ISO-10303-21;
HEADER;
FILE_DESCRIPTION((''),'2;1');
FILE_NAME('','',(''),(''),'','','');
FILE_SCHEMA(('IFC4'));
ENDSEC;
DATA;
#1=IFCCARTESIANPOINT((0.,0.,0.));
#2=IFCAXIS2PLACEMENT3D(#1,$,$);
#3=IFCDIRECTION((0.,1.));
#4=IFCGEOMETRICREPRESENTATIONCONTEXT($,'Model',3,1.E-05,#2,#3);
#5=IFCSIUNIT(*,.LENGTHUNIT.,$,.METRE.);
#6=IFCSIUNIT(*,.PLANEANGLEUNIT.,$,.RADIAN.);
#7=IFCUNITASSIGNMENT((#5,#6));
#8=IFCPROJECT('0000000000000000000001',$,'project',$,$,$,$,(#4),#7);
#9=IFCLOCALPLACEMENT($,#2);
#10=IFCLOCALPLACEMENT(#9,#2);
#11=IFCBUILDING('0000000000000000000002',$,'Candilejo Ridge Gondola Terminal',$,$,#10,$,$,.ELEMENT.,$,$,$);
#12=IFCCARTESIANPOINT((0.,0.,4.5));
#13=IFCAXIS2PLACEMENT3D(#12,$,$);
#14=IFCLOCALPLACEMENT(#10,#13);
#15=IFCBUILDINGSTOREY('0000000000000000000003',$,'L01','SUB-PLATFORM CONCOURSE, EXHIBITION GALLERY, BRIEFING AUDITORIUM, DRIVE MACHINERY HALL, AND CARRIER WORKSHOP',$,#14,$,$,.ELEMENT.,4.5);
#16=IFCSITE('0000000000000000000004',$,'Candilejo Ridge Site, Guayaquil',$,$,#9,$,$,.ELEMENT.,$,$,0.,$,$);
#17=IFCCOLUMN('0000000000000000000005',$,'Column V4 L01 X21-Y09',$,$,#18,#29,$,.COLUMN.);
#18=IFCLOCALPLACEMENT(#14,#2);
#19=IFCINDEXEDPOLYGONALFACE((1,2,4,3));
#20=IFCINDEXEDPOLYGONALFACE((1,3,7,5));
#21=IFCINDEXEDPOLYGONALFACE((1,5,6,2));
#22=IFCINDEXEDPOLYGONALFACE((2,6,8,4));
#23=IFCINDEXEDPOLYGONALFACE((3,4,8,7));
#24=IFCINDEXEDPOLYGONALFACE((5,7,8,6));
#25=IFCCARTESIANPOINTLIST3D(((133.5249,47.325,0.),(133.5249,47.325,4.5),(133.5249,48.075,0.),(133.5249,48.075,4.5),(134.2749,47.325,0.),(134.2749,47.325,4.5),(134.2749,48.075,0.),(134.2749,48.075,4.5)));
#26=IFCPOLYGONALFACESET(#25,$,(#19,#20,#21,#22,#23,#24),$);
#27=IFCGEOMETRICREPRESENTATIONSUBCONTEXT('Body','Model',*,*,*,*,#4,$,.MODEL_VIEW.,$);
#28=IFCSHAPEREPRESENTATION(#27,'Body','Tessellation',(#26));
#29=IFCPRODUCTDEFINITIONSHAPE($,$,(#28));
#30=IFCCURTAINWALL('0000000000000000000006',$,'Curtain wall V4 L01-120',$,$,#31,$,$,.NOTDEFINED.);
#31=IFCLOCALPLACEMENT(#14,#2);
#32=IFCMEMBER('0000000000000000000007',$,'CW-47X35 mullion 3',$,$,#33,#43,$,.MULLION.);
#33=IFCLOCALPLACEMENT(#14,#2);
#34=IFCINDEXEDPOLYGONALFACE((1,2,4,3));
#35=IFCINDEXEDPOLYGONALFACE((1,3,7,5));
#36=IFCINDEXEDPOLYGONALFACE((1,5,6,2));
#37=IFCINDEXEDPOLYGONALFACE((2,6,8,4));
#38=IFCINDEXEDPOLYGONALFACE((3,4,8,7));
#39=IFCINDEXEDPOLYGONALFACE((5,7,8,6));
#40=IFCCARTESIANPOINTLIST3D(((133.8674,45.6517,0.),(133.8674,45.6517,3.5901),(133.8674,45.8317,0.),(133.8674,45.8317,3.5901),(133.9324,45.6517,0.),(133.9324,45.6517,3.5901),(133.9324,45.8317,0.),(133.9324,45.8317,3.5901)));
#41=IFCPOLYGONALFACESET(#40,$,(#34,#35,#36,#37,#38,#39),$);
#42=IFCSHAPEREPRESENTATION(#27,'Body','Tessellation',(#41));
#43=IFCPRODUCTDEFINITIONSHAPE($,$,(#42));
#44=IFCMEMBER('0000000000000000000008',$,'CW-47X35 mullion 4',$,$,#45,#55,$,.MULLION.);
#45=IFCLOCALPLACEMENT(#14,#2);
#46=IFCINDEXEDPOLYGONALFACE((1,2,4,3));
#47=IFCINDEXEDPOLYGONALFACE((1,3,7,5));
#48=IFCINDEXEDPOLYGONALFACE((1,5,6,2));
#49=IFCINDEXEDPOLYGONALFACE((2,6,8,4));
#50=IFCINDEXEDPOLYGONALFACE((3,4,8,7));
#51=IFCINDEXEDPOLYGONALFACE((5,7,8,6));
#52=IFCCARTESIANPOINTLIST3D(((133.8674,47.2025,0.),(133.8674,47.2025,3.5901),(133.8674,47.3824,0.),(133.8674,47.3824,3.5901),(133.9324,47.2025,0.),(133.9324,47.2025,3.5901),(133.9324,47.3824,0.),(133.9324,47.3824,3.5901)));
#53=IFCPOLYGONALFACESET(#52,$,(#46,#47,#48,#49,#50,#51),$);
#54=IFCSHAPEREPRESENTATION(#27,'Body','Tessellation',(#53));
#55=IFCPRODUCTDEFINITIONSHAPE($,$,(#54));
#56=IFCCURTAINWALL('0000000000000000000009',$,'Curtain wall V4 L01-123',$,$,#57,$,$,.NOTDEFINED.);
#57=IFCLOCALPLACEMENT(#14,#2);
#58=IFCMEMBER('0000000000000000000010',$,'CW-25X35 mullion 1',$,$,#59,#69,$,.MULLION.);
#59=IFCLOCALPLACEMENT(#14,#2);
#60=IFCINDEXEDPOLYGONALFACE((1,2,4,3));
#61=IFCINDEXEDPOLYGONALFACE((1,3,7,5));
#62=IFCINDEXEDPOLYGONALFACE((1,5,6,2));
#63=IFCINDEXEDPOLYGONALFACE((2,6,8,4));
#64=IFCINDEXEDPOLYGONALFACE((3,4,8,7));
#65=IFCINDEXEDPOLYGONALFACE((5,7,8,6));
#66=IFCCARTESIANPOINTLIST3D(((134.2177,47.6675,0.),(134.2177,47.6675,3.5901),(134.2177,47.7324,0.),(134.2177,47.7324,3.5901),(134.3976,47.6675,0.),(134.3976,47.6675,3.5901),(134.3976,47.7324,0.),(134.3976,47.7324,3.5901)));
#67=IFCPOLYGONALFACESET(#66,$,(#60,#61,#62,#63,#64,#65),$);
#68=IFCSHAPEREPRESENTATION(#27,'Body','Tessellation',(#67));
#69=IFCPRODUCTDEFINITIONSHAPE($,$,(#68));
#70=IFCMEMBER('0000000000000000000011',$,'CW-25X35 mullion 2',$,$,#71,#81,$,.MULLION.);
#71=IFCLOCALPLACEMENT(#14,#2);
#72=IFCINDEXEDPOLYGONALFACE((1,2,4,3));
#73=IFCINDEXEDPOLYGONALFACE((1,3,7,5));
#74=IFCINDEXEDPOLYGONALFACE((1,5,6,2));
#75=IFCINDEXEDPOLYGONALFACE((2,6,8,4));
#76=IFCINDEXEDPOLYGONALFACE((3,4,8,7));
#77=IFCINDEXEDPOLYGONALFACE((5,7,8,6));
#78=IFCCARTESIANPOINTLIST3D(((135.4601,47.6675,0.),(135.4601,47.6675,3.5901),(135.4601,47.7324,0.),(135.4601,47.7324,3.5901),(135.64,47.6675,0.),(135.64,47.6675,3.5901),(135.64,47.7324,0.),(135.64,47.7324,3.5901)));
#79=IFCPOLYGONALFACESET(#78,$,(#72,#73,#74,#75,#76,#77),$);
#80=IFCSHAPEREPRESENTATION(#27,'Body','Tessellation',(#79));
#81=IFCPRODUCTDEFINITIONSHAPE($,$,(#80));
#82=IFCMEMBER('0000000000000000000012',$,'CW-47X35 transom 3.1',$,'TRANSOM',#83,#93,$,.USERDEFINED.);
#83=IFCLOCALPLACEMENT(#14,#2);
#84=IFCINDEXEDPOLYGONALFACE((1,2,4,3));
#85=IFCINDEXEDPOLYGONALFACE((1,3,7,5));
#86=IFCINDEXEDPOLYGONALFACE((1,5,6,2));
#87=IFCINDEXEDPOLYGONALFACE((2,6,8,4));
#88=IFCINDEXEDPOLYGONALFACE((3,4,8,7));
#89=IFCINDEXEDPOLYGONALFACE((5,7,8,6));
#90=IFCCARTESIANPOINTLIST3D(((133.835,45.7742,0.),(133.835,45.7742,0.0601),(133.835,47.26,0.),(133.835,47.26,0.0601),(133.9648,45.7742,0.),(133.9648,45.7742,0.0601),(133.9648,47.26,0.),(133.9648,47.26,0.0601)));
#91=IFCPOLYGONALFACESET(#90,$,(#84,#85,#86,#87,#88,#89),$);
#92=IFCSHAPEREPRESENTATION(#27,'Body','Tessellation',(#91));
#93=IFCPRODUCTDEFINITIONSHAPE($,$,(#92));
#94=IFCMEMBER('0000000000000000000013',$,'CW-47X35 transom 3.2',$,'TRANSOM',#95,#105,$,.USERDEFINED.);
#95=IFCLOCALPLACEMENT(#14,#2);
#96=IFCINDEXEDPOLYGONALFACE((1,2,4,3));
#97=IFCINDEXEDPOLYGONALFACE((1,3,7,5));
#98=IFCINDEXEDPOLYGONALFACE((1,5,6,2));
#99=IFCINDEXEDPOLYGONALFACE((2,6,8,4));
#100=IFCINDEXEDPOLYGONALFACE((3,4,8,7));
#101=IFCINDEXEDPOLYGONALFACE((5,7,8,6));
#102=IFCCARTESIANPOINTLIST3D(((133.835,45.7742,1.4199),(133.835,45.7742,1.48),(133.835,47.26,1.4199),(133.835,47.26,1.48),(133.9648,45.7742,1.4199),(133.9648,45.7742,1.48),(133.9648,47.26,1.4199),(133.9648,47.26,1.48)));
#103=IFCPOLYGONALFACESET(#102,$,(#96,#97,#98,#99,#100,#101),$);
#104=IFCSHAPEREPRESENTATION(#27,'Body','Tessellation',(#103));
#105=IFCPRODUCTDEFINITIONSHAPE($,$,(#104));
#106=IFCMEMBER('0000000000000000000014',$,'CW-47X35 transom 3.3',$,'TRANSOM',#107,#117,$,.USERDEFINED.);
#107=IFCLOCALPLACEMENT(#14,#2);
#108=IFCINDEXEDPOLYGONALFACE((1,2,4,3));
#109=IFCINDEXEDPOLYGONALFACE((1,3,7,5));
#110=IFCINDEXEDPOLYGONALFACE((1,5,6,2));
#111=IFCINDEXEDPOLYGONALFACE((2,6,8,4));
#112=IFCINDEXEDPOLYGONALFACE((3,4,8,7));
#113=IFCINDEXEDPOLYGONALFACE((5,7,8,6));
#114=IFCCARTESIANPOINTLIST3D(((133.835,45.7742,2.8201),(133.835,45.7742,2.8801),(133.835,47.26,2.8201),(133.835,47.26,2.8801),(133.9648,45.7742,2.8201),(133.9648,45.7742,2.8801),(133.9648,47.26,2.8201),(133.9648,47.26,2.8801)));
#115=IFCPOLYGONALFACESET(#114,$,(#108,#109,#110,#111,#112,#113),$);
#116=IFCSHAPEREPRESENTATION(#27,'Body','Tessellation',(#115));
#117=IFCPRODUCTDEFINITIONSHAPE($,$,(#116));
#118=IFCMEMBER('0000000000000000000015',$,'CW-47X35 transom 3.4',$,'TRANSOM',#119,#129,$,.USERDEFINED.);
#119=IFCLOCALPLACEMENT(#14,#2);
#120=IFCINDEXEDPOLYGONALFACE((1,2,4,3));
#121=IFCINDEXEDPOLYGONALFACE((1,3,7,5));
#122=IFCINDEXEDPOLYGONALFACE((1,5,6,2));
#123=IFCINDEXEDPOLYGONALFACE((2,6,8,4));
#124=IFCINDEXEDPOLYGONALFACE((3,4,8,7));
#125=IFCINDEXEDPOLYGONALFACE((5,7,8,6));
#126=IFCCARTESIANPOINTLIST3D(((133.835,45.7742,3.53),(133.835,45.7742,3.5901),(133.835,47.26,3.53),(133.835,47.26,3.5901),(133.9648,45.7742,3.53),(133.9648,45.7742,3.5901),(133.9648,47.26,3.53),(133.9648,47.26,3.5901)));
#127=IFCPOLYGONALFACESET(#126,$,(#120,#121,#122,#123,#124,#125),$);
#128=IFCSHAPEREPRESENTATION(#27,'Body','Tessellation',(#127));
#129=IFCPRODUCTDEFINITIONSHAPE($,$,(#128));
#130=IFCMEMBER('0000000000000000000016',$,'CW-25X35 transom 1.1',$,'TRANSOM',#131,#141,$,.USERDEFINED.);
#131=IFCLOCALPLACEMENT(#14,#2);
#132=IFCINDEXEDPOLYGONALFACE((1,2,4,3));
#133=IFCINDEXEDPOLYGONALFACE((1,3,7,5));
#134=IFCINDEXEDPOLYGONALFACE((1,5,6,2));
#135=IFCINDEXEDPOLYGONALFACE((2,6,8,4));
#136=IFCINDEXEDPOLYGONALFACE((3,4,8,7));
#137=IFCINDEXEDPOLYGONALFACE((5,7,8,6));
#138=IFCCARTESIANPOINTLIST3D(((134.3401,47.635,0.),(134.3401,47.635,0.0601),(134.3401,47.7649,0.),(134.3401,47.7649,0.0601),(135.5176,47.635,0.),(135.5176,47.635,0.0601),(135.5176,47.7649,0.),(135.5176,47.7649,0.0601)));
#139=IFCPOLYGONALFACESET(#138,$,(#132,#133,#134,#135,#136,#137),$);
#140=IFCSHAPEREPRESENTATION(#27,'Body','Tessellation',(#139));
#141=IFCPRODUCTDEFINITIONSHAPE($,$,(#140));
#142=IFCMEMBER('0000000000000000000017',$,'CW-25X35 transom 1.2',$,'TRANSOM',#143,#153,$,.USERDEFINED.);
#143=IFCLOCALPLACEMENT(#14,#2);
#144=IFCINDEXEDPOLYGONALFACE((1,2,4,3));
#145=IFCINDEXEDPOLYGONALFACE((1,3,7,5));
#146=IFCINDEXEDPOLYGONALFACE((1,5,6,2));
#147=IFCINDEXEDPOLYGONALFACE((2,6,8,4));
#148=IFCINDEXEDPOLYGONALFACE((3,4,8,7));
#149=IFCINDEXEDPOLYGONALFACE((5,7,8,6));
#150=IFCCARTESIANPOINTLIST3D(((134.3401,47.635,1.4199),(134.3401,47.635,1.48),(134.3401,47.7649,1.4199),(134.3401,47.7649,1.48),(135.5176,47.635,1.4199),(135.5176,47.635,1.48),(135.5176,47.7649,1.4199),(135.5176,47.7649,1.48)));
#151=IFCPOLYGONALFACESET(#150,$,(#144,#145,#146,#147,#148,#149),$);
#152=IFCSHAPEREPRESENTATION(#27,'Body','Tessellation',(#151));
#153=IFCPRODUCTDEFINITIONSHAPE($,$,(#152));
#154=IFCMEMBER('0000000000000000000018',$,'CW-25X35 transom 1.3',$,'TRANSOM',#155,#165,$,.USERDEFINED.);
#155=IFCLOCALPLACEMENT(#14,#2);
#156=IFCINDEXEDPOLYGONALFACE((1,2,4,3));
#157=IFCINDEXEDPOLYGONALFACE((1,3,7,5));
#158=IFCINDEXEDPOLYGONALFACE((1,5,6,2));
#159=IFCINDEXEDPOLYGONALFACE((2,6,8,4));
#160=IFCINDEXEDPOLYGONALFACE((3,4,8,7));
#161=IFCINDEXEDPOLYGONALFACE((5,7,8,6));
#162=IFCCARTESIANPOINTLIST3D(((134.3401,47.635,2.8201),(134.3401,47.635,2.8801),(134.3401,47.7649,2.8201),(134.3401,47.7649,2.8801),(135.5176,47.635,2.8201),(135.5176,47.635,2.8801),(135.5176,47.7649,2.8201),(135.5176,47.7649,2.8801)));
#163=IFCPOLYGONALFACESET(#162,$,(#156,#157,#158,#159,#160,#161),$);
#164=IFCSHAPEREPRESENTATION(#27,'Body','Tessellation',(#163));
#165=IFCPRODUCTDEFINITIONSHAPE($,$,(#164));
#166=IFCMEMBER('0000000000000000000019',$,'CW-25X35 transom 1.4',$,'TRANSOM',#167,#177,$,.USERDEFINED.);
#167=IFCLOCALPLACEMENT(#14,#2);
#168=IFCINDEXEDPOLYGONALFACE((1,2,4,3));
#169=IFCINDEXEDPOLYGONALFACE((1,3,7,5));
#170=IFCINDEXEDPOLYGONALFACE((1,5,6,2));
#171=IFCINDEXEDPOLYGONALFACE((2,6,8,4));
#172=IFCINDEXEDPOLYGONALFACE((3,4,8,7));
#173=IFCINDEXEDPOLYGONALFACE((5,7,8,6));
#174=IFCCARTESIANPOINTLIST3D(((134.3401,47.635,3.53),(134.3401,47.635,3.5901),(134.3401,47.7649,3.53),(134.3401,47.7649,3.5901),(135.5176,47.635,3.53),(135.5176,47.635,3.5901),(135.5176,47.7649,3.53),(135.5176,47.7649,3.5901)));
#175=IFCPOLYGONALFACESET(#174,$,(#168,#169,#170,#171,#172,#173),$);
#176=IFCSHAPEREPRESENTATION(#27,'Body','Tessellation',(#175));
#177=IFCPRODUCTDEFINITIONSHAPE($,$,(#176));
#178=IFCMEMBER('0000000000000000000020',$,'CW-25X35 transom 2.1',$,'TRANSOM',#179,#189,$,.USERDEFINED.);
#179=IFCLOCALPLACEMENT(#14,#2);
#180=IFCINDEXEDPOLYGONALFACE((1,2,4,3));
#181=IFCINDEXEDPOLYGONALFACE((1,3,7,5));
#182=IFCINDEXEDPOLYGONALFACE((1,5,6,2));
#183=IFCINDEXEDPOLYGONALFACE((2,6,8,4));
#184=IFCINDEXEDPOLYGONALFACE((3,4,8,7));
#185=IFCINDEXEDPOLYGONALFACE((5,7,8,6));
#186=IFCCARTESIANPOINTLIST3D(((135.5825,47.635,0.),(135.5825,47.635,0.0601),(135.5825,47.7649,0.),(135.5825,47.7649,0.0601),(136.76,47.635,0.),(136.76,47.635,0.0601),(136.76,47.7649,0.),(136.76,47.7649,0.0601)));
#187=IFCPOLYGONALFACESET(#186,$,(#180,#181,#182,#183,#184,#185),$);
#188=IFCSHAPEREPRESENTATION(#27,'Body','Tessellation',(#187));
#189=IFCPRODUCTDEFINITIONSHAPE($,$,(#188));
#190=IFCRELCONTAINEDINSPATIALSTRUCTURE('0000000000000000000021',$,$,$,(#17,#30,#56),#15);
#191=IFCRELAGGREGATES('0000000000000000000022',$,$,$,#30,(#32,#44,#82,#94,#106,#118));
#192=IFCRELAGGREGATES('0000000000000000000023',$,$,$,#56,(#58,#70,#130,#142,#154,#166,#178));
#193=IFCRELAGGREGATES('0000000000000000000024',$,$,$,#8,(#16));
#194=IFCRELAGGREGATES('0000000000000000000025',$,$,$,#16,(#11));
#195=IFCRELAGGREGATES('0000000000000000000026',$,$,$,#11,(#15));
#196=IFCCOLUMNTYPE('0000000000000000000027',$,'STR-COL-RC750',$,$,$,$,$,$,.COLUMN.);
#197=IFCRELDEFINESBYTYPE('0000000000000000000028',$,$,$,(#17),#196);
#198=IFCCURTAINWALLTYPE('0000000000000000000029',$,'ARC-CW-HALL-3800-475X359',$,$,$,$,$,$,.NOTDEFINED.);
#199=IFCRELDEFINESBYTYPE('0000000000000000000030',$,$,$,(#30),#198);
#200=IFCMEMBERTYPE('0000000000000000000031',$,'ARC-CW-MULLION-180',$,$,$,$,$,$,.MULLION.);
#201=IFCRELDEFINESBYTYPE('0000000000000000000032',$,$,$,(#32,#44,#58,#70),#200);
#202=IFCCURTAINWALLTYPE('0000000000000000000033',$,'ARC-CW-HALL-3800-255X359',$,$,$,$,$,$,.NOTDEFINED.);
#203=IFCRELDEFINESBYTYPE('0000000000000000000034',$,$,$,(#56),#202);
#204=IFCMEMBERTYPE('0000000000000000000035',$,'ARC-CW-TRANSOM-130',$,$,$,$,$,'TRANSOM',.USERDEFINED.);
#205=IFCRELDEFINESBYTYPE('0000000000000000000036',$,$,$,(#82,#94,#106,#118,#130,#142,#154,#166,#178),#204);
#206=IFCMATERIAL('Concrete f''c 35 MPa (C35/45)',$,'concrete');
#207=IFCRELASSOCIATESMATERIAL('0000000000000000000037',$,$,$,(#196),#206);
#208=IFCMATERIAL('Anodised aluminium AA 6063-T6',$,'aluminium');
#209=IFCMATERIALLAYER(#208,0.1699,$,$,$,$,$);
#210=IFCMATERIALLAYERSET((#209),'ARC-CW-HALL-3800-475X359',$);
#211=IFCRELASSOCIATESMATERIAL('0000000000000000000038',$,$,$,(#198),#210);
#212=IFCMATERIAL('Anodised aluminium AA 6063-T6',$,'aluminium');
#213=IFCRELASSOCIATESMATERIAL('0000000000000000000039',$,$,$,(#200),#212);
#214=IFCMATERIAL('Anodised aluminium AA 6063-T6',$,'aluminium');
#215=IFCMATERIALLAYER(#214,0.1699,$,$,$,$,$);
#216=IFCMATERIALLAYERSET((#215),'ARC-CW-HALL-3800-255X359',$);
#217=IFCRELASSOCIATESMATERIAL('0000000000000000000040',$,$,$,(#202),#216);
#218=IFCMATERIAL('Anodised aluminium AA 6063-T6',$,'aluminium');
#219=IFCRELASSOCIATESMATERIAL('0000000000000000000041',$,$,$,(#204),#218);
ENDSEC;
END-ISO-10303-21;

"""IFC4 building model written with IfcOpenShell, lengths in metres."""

from ifc_helpers import new_model, si_unit, direction, frame, origin, origin_2d, place, context, subcontext, project, spatial, rectangle, extrude, material, layer, layer_set, material_profile, profile_set, type_object, element, aggregate, save


model = new_model("IFC4")

# Units and contexts
model_context = context("Model", 3, precision=1e-05, world=origin(), true_north=direction((0.0, 1.0)))
body_context = subcontext(model_context, "Body", "Model", "MODEL_VIEW")
ifc_project = project(units=[si_unit("LENGTHUNIT", "METRE"), si_unit("PLANEANGLEUNIT", "RADIAN")], contexts=[model_context])

# Site, building, storey
site_placement = place(None, origin())
site = spatial("IfcSite", under=ifc_project, at=site_placement, Name="Candilejo Ridge Site, Guayaquil", CompositionType="ELEMENT", RefElevation=0.0)
building_placement = place(site_placement, origin())
building = spatial("IfcBuilding", under=site, at=building_placement, Name="Candilejo Ridge Gondola Terminal", CompositionType="ELEMENT")
storey_placement = place(building_placement, frame((0.0, 0.0, 4.5)))
storey = spatial("IfcBuildingStorey", under=building, at=storey_placement, Name="L01", Description="SUB-PLATFORM CONCOURSE, EXHIBITION GALLERY, BRIEFING AUDITORIUM, DRIVE MACHINERY HALL, AND CARRIER WORKSHOP", CompositionType="ELEMENT", Elevation=4.5)

# Column
ifc_material_1 = material(Name="Concrete f'c 35 MPa (C35/45)", Category="concrete")
ifc_material_profile_1 = material_profile(ifc_material_1, rectangle(XDim=0.75, YDim=0.75, at=origin_2d()))
ifc_profile_set_1 = profile_set([ifc_material_profile_1], Name="Concrete f'c 35 MPa (C35/45)")
column_type = type_object("IfcColumnType", Name="STR-COL-RC750", PredefinedType="COLUMN", material=ifc_profile_set_1)
column_placement = place(storey_placement, frame((133.8999, 47.7, 0.0), z_axis=(0.0, 0.0, 1.0), x_axis=(1.0, 0.0, 0.0)))
element("IfcColumn", 1, at=column_placement, inside=storey, type_object=column_type, Name="Column V4 L01 X21-Y09", PredefinedType="COLUMN", context=body_context, shape_type="SweptSolid", body=[
    extrude(rectangle(XDim=0.75, YDim=0.75, at=origin_2d()), origin(), (0.0, 0.0, 1.0), 4.5),
])

# Curtain walls, members
ifc_material_2 = material(Name="Anodised aluminium AA 6063-T6", Category="aluminium")
ifc_layer_1 = layer(ifc_material_2, 0.1699)
ifc_layer_set_1 = layer_set([ifc_layer_1], Name="ARC-CW-HALL-3800-475X359")
curtain_wall_type_1 = type_object("IfcCurtainWallType", Name="ARC-CW-HALL-3800-475X359", PredefinedType="NOTDEFINED", material=ifc_layer_set_1)
curtain_wall_1_placement = place(storey_placement, origin())
curtain_wall_1 = element("IfcCurtainWall", 2, at=curtain_wall_1_placement, inside=storey, type_object=curtain_wall_type_1, Name="Curtain wall V4 L01-120", PredefinedType="NOTDEFINED")
ifc_material_3 = material(Name="Anodised aluminium AA 6063-T6", Category="aluminium")
ifc_material_profile_2 = material_profile(ifc_material_3, rectangle(XDim=0.0649, YDim=0.1799, at=origin_2d()))
ifc_profile_set_2 = profile_set([ifc_material_profile_2], Name="Anodised aluminium AA 6063-T6")
member_type_1 = type_object("IfcMemberType", Name="ARC-CW-MULLION-180", PredefinedType="MULLION", material=ifc_profile_set_2)
member_1_placement = place(storey_placement, frame((133.8999, 45.7417, 0.0), z_axis=(0.0, 0.0, 1.0), x_axis=(-1.0, 0.0, 0.0)))
member_1 = element("IfcMember", 3, at=member_1_placement, type_object=member_type_1, Name="CW-47X35 mullion 3", PredefinedType="MULLION", context=body_context, shape_type="SweptSolid", body=[
    extrude(rectangle(XDim=0.0649, YDim=0.1799, at=origin_2d()), origin(), (0.0, 0.0, 1.0), 3.5901),
])
member_2_placement = place(storey_placement, frame((133.8999, 47.2925, 0.0), z_axis=(0.0, 0.0, 1.0), x_axis=(-1.0, 0.0, 0.0)))
member_2 = element("IfcMember", 4, at=member_2_placement, type_object=member_type_1, Name="CW-47X35 mullion 4", PredefinedType="MULLION", context=body_context, shape_type="SweptSolid", body=[
    extrude(rectangle(XDim=0.0649, YDim=0.1799, at=origin_2d()), origin(), (0.0, 0.0, 1.0), 3.5901),
])
ifc_material_4 = material(Name="Anodised aluminium AA 6063-T6", Category="aluminium")
ifc_layer_2 = layer(ifc_material_4, 0.1699)
ifc_layer_set_2 = layer_set([ifc_layer_2], Name="ARC-CW-HALL-3800-255X359")
curtain_wall_type_2 = type_object("IfcCurtainWallType", Name="ARC-CW-HALL-3800-255X359", PredefinedType="NOTDEFINED", material=ifc_layer_set_2)
curtain_wall_2_placement = place(storey_placement, origin())
curtain_wall_2 = element("IfcCurtainWall", 5, at=curtain_wall_2_placement, inside=storey, type_object=curtain_wall_type_2, Name="Curtain wall V4 L01-123", PredefinedType="NOTDEFINED")
member_3_placement = place(storey_placement, frame((134.3076, 47.7, 0.0), z_axis=(0.0, 0.0, 1.0), x_axis=(0.0, 1.0, 0.0)))
member_3 = element("IfcMember", 6, at=member_3_placement, type_object=member_type_1, Name="CW-25X35 mullion 1", PredefinedType="MULLION", context=body_context, shape_type="SweptSolid", body=[
    extrude(rectangle(XDim=0.0649, YDim=0.1799, at=origin_2d()), origin(), (0.0, 0.0, 1.0), 3.5901),
])
member_4_placement = place(storey_placement, frame((135.55, 47.7, 0.0), z_axis=(0.0, 0.0, 1.0), x_axis=(0.0, 1.0, 0.0)))
member_4 = element("IfcMember", 7, at=member_4_placement, type_object=member_type_1, Name="CW-25X35 mullion 2", PredefinedType="MULLION", context=body_context, shape_type="SweptSolid", body=[
    extrude(rectangle(XDim=0.0649, YDim=0.1799, at=origin_2d()), origin(), (0.0, 0.0, 1.0), 3.5901),
])

# Members
ifc_material_5 = material(Name="Anodised aluminium AA 6063-T6", Category="aluminium")
ifc_material_profile_3 = material_profile(ifc_material_5, rectangle(XDim=0.1299, YDim=0.0601, at=origin_2d()))
ifc_profile_set_3 = profile_set([ifc_material_profile_3], Name="Anodised aluminium AA 6063-T6")
member_type_2 = type_object("IfcMemberType", Name="ARC-CW-TRANSOM-130", ElementType="TRANSOM", PredefinedType="USERDEFINED", material=ifc_profile_set_3)
member_5_placement = place(storey_placement, frame((133.8999, 45.7742, 0.03), z_axis=(0.0, 1.0, 0.0), x_axis=(-1.0, 0.0, 0.0)))
member_5 = element("IfcMember", 8, at=member_5_placement, type_object=member_type_2, Name="CW-47X35 transom 3.1", ObjectType="TRANSOM", PredefinedType="USERDEFINED", context=body_context, shape_type="SweptSolid", body=[
    extrude(rectangle(XDim=0.1299, YDim=0.0601, at=origin_2d()), origin(), (0.0, 0.0, 1.0), 1.4858),
])
member_6_placement = place(storey_placement, frame((133.8999, 45.7742, 1.45), z_axis=(0.0, 1.0, 0.0), x_axis=(-1.0, 0.0, 0.0)))
member_6 = element("IfcMember", 9, at=member_6_placement, type_object=member_type_2, Name="CW-47X35 transom 3.2", ObjectType="TRANSOM", PredefinedType="USERDEFINED", context=body_context, shape_type="SweptSolid", body=[
    extrude(rectangle(XDim=0.1299, YDim=0.0601, at=origin_2d()), origin(), (0.0, 0.0, 1.0), 1.4858),
])
member_7_placement = place(storey_placement, frame((133.8999, 45.7742, 2.8501), z_axis=(0.0, 1.0, 0.0), x_axis=(-1.0, 0.0, 0.0)))
member_7 = element("IfcMember", 10, at=member_7_placement, type_object=member_type_2, Name="CW-47X35 transom 3.3", ObjectType="TRANSOM", PredefinedType="USERDEFINED", context=body_context, shape_type="SweptSolid", body=[
    extrude(rectangle(XDim=0.1299, YDim=0.0601, at=origin_2d()), origin(), (0.0, 0.0, 1.0), 1.4858),
])
member_8_placement = place(storey_placement, frame((133.8999, 45.7742, 3.5601), z_axis=(0.0, 1.0, 0.0), x_axis=(-1.0, 0.0, 0.0)))
member_8 = element("IfcMember", 11, at=member_8_placement, type_object=member_type_2, Name="CW-47X35 transom 3.4", ObjectType="TRANSOM", PredefinedType="USERDEFINED", context=body_context, shape_type="SweptSolid", body=[
    extrude(rectangle(XDim=0.1299, YDim=0.0601, at=origin_2d()), origin(), (0.0, 0.0, 1.0), 1.4858),
])
member_9_placement = place(storey_placement, frame((134.3401, 47.7, 0.03), z_axis=(1.0, 0.0, 0.0), x_axis=(0.0, 1.0, 0.0)))
member_9 = element("IfcMember", 12, at=member_9_placement, type_object=member_type_2, Name="CW-25X35 transom 1.1", ObjectType="TRANSOM", PredefinedType="USERDEFINED", context=body_context, shape_type="SweptSolid", body=[
    extrude(rectangle(XDim=0.1299, YDim=0.0601, at=origin_2d()), origin(), (0.0, 0.0, 1.0), 1.1775),
])
member_10_placement = place(storey_placement, frame((134.3401, 47.7, 1.45), z_axis=(1.0, 0.0, 0.0), x_axis=(0.0, 1.0, 0.0)))
member_10 = element("IfcMember", 13, at=member_10_placement, type_object=member_type_2, Name="CW-25X35 transom 1.2", ObjectType="TRANSOM", PredefinedType="USERDEFINED", context=body_context, shape_type="SweptSolid", body=[
    extrude(rectangle(XDim=0.1299, YDim=0.0601, at=origin_2d()), origin(), (0.0, 0.0, 1.0), 1.1775),
])
member_11_placement = place(storey_placement, frame((134.3401, 47.7, 2.8501), z_axis=(1.0, 0.0, 0.0), x_axis=(0.0, 1.0, 0.0)))
member_11 = element("IfcMember", 14, at=member_11_placement, type_object=member_type_2, Name="CW-25X35 transom 1.3", ObjectType="TRANSOM", PredefinedType="USERDEFINED", context=body_context, shape_type="SweptSolid", body=[
    extrude(rectangle(XDim=0.1299, YDim=0.0601, at=origin_2d()), origin(), (0.0, 0.0, 1.0), 1.1775),
])
member_12_placement = place(storey_placement, frame((134.3401, 47.7, 3.5601), z_axis=(1.0, 0.0, 0.0), x_axis=(0.0, 1.0, 0.0)))
member_12 = element("IfcMember", 15, at=member_12_placement, type_object=member_type_2, Name="CW-25X35 transom 1.4", ObjectType="TRANSOM", PredefinedType="USERDEFINED", context=body_context, shape_type="SweptSolid", body=[
    extrude(rectangle(XDim=0.1299, YDim=0.0601, at=origin_2d()), origin(), (0.0, 0.0, 1.0), 1.1775),
])
member_13_placement = place(storey_placement, frame((135.5825, 47.7, 0.03), z_axis=(1.0, 0.0, 0.0), x_axis=(0.0, 1.0, 0.0)))
member_13 = element("IfcMember", 16, at=member_13_placement, type_object=member_type_2, Name="CW-25X35 transom 2.1", ObjectType="TRANSOM", PredefinedType="USERDEFINED", context=body_context, shape_type="SweptSolid", body=[
    extrude(rectangle(XDim=0.1299, YDim=0.0601, at=origin_2d()), origin(), (0.0, 0.0, 1.0), 1.1775),
])

aggregate(curtain_wall_1, [member_1, member_2, member_5, member_6, member_7, member_8])
aggregate(curtain_wall_2, [member_3, member_4, member_9, member_10, member_11, member_12, member_13])

save(model, "model.ifc")
